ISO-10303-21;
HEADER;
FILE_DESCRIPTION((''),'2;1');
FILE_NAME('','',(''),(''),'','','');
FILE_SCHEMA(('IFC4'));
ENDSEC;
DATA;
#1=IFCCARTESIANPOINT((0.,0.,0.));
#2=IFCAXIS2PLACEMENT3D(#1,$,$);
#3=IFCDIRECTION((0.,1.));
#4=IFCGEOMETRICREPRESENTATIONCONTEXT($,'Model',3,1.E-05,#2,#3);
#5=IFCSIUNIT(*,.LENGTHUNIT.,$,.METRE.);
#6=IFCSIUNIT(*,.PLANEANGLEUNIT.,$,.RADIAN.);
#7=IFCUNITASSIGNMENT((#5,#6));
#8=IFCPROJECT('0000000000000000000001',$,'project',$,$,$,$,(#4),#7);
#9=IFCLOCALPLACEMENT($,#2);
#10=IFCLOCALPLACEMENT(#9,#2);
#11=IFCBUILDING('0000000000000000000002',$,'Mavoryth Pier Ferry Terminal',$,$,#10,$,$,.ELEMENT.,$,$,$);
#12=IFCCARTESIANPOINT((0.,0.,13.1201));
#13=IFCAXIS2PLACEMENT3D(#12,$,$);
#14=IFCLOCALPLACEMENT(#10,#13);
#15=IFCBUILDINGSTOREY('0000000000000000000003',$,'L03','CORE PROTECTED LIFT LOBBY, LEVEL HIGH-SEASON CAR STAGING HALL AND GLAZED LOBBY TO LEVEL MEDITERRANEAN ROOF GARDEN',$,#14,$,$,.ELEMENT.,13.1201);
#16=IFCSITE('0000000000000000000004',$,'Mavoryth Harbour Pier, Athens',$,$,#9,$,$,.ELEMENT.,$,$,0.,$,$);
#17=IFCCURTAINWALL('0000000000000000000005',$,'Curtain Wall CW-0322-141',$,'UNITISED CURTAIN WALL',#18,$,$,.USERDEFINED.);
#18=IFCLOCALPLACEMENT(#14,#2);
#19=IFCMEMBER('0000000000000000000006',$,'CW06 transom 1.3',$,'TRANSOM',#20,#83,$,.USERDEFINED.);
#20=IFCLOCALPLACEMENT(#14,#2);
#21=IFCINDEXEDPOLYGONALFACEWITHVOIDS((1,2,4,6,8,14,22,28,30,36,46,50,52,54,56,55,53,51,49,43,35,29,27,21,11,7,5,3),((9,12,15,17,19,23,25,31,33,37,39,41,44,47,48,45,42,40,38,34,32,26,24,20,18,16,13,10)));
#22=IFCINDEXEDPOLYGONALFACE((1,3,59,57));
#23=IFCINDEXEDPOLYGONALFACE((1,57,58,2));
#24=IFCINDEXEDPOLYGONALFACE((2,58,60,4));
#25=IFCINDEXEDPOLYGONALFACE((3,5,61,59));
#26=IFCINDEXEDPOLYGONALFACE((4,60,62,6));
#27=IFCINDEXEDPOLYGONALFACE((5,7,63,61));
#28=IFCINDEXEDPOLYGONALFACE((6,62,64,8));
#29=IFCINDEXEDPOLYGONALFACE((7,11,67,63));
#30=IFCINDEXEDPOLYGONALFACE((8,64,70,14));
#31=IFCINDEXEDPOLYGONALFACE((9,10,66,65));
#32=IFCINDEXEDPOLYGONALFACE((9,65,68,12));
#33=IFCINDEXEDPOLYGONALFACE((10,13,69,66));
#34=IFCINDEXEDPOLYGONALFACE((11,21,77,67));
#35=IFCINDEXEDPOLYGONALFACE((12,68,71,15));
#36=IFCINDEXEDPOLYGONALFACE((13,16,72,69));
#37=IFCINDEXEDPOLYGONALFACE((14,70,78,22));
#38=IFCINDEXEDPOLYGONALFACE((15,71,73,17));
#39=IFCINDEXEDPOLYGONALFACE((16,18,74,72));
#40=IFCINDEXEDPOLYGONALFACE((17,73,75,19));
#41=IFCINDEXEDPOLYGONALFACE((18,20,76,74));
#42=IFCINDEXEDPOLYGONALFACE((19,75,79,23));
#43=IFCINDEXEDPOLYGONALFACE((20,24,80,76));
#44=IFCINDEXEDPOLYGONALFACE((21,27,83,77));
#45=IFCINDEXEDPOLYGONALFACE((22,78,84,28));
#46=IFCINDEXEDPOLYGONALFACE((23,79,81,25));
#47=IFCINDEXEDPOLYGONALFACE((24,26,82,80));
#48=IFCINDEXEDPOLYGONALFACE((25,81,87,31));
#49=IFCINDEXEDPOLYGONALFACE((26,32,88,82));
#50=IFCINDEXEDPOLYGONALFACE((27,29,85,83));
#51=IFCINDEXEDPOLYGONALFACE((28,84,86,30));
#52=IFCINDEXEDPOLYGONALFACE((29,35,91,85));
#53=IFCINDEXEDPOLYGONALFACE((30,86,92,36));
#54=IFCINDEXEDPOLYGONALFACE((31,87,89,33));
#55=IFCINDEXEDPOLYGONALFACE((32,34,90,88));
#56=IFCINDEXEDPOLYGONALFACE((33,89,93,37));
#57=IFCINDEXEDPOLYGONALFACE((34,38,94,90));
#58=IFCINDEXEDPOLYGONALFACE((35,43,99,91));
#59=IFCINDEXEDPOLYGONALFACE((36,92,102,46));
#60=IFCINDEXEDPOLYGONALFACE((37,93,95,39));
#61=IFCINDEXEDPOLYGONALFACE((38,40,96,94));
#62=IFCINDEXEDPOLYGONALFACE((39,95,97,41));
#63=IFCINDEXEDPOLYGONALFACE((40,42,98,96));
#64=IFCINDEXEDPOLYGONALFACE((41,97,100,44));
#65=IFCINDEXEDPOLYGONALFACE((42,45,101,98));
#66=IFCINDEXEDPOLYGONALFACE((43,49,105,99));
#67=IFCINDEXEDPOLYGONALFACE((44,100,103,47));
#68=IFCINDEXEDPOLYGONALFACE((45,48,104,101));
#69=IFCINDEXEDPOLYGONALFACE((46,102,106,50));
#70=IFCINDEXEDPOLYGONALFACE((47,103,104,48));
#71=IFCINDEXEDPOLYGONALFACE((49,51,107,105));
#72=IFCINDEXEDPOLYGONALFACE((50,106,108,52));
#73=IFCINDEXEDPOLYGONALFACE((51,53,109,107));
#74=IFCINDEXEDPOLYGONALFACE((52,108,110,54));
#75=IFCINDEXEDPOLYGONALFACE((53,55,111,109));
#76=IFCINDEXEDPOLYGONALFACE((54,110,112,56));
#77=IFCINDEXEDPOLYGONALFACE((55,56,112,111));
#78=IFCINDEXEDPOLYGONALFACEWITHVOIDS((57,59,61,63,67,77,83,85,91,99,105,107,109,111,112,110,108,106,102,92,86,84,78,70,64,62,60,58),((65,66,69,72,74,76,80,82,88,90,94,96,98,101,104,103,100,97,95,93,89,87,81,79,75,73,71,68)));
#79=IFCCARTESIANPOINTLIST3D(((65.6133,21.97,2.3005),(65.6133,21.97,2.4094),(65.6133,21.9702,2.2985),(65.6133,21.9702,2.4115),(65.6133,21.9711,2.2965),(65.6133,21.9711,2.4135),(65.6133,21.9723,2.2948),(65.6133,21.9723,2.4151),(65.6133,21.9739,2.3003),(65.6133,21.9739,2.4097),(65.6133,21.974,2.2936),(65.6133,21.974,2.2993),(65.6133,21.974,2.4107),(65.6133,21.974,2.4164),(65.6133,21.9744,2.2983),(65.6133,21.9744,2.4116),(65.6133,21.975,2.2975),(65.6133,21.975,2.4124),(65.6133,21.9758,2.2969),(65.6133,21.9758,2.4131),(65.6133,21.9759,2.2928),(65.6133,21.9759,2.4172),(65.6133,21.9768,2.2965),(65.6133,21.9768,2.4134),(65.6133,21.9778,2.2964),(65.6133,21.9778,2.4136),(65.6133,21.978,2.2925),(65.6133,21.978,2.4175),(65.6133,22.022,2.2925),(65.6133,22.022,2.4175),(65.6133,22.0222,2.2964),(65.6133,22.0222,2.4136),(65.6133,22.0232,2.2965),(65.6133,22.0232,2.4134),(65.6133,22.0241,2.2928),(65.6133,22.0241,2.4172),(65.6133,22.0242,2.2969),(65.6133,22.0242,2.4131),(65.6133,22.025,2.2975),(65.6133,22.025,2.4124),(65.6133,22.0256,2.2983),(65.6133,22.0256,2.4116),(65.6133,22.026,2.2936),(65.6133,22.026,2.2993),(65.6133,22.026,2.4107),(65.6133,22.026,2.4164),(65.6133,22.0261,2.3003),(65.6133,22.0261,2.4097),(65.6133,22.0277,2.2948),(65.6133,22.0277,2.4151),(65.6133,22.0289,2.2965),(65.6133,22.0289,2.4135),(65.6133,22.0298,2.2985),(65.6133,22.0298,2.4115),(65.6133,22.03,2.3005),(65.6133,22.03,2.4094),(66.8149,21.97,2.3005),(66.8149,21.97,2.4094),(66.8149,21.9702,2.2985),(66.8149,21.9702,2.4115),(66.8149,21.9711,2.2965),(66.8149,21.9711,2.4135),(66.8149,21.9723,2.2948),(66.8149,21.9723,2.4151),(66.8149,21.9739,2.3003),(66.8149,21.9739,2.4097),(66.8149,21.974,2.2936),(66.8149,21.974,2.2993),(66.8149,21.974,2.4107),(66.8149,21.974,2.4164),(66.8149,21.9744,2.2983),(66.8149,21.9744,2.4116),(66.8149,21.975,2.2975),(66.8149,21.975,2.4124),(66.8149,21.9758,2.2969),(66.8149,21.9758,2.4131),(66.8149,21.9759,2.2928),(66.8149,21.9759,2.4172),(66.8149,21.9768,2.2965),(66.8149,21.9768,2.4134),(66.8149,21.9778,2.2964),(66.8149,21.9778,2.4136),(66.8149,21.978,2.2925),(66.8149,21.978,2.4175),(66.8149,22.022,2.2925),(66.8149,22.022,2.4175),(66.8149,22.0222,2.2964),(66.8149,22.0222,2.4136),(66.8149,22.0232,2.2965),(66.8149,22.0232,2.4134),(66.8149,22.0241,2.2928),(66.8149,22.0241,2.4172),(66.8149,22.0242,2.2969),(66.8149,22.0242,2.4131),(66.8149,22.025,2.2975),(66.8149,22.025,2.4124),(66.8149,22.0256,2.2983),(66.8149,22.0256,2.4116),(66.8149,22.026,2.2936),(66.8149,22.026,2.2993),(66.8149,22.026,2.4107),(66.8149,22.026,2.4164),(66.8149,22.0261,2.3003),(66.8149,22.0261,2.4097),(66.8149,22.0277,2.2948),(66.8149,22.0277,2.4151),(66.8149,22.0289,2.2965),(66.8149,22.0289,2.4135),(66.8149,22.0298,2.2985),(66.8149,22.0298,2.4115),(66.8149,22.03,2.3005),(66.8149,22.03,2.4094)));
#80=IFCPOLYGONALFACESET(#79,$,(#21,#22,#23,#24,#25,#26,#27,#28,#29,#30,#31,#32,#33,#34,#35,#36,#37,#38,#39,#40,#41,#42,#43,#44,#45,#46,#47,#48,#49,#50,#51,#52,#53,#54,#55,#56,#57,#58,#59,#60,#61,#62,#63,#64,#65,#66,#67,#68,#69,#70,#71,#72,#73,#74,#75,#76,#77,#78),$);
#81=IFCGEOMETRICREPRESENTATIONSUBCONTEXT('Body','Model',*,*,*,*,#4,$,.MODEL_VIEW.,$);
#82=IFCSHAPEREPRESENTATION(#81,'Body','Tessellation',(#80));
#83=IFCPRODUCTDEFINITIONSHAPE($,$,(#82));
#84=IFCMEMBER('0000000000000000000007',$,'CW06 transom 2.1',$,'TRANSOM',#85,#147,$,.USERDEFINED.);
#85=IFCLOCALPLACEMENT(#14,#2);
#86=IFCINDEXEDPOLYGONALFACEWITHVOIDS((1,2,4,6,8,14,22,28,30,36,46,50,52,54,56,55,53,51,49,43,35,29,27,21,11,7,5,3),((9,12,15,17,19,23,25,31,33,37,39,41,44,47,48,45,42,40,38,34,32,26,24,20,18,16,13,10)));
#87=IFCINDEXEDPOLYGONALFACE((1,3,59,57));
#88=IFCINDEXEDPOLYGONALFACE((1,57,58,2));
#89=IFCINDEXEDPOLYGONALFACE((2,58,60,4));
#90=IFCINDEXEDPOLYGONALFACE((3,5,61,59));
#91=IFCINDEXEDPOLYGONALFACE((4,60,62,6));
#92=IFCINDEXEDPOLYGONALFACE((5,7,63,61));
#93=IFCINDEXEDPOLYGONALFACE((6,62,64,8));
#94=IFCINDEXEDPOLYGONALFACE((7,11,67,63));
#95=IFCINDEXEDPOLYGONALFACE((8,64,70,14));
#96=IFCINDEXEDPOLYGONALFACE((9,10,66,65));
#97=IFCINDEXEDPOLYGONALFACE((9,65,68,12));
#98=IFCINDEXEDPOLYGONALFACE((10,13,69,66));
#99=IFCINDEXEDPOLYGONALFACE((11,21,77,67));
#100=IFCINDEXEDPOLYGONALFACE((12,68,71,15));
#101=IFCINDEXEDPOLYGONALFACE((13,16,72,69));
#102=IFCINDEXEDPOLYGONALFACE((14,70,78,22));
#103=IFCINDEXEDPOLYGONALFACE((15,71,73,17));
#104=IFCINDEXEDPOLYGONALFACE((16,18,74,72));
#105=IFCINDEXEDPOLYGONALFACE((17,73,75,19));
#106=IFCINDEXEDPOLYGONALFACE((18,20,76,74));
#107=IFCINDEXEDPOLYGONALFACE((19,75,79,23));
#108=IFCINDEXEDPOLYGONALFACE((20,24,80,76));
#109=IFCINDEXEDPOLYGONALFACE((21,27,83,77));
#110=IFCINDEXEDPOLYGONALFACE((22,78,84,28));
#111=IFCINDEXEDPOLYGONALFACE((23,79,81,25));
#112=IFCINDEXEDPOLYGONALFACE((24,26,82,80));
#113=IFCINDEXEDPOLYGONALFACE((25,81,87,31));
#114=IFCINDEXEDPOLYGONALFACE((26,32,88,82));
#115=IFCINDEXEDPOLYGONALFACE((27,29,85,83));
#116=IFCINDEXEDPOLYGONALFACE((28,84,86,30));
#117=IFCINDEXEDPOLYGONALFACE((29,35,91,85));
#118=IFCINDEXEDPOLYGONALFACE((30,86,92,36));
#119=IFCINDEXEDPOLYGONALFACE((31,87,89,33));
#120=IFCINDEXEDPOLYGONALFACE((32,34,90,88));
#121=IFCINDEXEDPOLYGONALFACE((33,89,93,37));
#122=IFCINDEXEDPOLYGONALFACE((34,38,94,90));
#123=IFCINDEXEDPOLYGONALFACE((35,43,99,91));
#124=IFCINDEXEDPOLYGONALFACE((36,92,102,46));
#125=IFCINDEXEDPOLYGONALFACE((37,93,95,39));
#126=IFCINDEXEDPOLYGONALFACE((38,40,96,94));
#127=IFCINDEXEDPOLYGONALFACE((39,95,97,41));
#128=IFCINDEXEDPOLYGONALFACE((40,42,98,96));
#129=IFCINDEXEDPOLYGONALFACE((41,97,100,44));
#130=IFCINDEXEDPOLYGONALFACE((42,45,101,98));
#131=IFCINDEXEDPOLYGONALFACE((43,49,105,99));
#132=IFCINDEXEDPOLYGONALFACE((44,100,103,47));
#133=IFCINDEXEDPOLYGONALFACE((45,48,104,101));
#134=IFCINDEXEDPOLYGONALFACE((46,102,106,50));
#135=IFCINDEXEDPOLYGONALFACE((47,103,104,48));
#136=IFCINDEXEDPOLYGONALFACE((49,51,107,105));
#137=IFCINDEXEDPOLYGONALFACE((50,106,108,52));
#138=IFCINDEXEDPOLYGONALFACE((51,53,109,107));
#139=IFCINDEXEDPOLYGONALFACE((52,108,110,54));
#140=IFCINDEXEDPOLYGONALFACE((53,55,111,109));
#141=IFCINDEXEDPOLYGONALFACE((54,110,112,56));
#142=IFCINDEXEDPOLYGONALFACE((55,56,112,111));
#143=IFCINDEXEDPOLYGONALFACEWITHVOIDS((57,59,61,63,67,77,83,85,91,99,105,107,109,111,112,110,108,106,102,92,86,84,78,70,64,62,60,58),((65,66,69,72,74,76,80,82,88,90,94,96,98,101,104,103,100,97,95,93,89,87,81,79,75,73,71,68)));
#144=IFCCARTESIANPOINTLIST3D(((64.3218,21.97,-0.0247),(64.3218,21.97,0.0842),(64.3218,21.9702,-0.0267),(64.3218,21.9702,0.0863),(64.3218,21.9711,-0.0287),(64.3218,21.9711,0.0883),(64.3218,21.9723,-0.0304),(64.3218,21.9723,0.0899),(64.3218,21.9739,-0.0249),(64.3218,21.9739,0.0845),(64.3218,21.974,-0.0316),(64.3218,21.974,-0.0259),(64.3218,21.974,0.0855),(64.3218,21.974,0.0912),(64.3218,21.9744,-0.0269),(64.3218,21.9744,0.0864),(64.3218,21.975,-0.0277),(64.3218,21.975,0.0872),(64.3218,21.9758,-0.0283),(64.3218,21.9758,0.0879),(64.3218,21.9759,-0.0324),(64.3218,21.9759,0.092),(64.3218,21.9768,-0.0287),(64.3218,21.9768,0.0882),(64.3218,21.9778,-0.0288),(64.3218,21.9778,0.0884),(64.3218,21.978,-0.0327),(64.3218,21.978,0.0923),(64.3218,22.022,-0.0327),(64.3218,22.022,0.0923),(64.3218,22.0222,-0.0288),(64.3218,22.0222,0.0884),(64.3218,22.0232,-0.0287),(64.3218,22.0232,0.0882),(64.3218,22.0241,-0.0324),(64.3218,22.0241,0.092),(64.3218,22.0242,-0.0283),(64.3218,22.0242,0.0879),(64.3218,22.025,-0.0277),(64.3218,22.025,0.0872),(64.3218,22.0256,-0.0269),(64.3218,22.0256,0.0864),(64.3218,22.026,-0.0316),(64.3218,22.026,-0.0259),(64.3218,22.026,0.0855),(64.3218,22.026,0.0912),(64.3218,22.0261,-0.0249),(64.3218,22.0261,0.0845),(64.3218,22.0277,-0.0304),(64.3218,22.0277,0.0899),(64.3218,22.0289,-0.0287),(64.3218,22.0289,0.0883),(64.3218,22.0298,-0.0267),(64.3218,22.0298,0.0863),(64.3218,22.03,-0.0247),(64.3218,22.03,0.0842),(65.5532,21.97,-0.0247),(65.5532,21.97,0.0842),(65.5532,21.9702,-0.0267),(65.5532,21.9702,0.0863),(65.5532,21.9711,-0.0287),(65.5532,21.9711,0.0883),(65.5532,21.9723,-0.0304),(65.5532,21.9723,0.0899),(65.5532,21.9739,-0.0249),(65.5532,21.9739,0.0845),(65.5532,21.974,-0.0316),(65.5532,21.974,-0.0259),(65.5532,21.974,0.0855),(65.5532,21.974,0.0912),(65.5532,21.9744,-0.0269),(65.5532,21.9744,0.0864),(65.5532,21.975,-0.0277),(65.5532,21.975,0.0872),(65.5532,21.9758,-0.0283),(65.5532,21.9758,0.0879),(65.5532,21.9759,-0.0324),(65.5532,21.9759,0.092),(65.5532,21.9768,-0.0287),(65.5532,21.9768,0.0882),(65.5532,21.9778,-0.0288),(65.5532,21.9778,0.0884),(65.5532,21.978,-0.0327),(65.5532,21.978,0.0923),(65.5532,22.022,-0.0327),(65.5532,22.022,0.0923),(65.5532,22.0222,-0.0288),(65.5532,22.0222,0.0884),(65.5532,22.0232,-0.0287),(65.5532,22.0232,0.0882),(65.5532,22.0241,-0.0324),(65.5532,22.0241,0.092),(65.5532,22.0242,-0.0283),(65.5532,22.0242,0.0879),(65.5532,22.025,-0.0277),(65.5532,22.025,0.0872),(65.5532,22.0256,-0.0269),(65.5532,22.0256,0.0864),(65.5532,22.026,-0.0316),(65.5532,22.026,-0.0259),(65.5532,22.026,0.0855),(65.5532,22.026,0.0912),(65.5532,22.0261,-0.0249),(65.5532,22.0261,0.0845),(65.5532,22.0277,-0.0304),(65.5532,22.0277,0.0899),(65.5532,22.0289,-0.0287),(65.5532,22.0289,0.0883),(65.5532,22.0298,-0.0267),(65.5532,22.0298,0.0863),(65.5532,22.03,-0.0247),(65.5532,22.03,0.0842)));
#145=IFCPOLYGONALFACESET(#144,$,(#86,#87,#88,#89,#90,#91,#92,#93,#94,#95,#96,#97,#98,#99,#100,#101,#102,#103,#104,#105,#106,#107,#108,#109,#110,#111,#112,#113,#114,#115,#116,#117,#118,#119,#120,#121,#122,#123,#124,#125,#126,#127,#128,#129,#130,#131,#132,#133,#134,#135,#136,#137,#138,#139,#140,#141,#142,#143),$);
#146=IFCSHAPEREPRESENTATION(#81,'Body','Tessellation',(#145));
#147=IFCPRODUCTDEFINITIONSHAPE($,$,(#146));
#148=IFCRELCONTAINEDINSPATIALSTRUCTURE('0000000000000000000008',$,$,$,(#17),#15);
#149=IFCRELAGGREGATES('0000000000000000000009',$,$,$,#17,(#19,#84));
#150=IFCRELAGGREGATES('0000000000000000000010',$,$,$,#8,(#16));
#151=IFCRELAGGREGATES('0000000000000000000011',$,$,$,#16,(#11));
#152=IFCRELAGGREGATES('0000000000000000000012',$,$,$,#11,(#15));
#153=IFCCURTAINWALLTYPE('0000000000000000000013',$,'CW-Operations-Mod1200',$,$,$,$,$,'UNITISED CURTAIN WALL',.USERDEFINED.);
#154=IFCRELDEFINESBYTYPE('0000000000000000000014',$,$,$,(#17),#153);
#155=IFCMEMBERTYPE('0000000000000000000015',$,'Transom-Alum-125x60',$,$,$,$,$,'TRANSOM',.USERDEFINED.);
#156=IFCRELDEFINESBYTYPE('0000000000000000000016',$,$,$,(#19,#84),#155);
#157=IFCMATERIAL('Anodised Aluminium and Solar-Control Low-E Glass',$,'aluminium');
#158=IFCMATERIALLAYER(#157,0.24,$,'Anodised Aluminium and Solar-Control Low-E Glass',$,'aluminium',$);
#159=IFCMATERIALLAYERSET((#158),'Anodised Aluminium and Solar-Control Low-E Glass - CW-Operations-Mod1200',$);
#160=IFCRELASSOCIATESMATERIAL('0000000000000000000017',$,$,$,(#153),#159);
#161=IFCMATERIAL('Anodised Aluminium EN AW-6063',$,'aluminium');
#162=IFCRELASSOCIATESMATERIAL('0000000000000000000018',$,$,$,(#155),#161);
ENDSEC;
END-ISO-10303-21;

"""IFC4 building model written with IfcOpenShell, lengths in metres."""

from ifc_helpers import new_model, si_unit, direction, frame, origin, origin_2d, place, context, subcontext, project, spatial, hollow_rectangle, extrude, material, layer, layer_set, material_profile, profile_set, type_object, element, aggregate, save


model = new_model("IFC4")

# Units and contexts
model_context = context("Model", 3, precision=1e-05, world=origin(), true_north=direction((0.0, 1.0)))
body_context = subcontext(model_context, "Body", "Model", "MODEL_VIEW")
ifc_project = project(units=[si_unit("LENGTHUNIT", "METRE"), si_unit("PLANEANGLEUNIT", "RADIAN")], contexts=[model_context])

# Site, building, storey
site_placement = place(None, origin())
site = spatial("IfcSite", under=ifc_project, at=site_placement, Name="Mavoryth Harbour Pier, Athens", CompositionType="ELEMENT", RefElevation=0.0)
building_placement = place(site_placement, origin())
building = spatial("IfcBuilding", under=site, at=building_placement, Name="Mavoryth Pier Ferry Terminal", CompositionType="ELEMENT")
storey_placement = place(building_placement, frame((0.0, 0.0, 13.1201)))
storey = spatial("IfcBuildingStorey", under=building, at=storey_placement, Name="L03", Description="CORE PROTECTED LIFT LOBBY, LEVEL HIGH-SEASON CAR STAGING HALL AND GLAZED LOBBY TO LEVEL MEDITERRANEAN ROOF GARDEN", CompositionType="ELEMENT", Elevation=13.1201)

# Curtain wall
ifc_material_1 = material(Name="Anodised Aluminium and Solar-Control Low-E Glass", Category="aluminium")
ifc_layer_1 = layer(ifc_material_1, 0.24, Name="Anodised Aluminium and Solar-Control Low-E Glass", Category="aluminium")
ifc_layer_set_1 = layer_set([ifc_layer_1], Name="Anodised Aluminium and Solar-Control Low-E Glass - CW-Operations-Mod1200")
curtain_wall_type = type_object("IfcCurtainWallType", Name="CW-Operations-Mod1200", ElementType="UNITISED CURTAIN WALL", PredefinedType="USERDEFINED", material=ifc_layer_set_1)
curtain_wall_1_placement = place(storey_placement, origin())
curtain_wall_1 = element("IfcCurtainWall", 1, at=curtain_wall_1_placement, inside=storey, type_object=curtain_wall_type, Name="Curtain Wall CW-0322-141", ObjectType="UNITISED CURTAIN WALL", PredefinedType="USERDEFINED")
ifc_material_2 = material(Name="Anodised Aluminium EN AW-6063", Category="aluminium")

# Members
ifc_material_profile_1 = material_profile(ifc_material_2, hollow_rectangle(XDim=0.0601, YDim=0.125, WallThickness=0.0039, InnerFilletRadius=0.0039, OuterFilletRadius=0.0081, at=origin_2d()), Name="AL-TRAN 125x60x4", Category="aluminium")
ifc_profile_set_1 = profile_set([ifc_material_profile_1], Name="Anodised Aluminium EN AW-6063 - AL-TRAN 125x60x4")
member_type_1 = type_object("IfcMemberType", Name="Transom-Alum-125x60", ElementType="TRANSOM", PredefinedType="USERDEFINED", material=ifc_profile_set_1)
member_1_placement = place(storey_placement, frame((66.8149, 22.0, 2.355), z_axis=(-1.0, 0.0, 0.0), x_axis=(0.0, -1.0, 0.0)))
member_1 = element("IfcMember", 2, at=member_1_placement, type_object=member_type_1, Name="CW06 transom 1.3", ObjectType="TRANSOM", PredefinedType="USERDEFINED", context=body_context, shape_type="SweptSolid", body=[
    extrude(hollow_rectangle(XDim=0.0601, YDim=0.125, WallThickness=0.0039, InnerFilletRadius=0.0039, OuterFilletRadius=0.0081, at=origin_2d()), origin(), (0.0, 0.0, 1.0), 1.2017),
])
member_2_placement = place(storey_placement, frame((65.5532, 22.0, 0.0298), z_axis=(-1.0, 0.0, 0.0), x_axis=(0.0, -1.0, 0.0)))
member_2 = element("IfcMember", 3, at=member_2_placement, type_object=member_type_1, Name="CW06 transom 2.1", ObjectType="TRANSOM", PredefinedType="USERDEFINED", context=body_context, shape_type="SweptSolid", body=[
    extrude(hollow_rectangle(XDim=0.0601, YDim=0.125, WallThickness=0.0039, InnerFilletRadius=0.0039, OuterFilletRadius=0.0081, at=origin_2d()), origin(), (0.0, 0.0, 1.0), 1.2314),
])

aggregate(curtain_wall_1, [member_1, member_2])

save(model, "model.ifc")
